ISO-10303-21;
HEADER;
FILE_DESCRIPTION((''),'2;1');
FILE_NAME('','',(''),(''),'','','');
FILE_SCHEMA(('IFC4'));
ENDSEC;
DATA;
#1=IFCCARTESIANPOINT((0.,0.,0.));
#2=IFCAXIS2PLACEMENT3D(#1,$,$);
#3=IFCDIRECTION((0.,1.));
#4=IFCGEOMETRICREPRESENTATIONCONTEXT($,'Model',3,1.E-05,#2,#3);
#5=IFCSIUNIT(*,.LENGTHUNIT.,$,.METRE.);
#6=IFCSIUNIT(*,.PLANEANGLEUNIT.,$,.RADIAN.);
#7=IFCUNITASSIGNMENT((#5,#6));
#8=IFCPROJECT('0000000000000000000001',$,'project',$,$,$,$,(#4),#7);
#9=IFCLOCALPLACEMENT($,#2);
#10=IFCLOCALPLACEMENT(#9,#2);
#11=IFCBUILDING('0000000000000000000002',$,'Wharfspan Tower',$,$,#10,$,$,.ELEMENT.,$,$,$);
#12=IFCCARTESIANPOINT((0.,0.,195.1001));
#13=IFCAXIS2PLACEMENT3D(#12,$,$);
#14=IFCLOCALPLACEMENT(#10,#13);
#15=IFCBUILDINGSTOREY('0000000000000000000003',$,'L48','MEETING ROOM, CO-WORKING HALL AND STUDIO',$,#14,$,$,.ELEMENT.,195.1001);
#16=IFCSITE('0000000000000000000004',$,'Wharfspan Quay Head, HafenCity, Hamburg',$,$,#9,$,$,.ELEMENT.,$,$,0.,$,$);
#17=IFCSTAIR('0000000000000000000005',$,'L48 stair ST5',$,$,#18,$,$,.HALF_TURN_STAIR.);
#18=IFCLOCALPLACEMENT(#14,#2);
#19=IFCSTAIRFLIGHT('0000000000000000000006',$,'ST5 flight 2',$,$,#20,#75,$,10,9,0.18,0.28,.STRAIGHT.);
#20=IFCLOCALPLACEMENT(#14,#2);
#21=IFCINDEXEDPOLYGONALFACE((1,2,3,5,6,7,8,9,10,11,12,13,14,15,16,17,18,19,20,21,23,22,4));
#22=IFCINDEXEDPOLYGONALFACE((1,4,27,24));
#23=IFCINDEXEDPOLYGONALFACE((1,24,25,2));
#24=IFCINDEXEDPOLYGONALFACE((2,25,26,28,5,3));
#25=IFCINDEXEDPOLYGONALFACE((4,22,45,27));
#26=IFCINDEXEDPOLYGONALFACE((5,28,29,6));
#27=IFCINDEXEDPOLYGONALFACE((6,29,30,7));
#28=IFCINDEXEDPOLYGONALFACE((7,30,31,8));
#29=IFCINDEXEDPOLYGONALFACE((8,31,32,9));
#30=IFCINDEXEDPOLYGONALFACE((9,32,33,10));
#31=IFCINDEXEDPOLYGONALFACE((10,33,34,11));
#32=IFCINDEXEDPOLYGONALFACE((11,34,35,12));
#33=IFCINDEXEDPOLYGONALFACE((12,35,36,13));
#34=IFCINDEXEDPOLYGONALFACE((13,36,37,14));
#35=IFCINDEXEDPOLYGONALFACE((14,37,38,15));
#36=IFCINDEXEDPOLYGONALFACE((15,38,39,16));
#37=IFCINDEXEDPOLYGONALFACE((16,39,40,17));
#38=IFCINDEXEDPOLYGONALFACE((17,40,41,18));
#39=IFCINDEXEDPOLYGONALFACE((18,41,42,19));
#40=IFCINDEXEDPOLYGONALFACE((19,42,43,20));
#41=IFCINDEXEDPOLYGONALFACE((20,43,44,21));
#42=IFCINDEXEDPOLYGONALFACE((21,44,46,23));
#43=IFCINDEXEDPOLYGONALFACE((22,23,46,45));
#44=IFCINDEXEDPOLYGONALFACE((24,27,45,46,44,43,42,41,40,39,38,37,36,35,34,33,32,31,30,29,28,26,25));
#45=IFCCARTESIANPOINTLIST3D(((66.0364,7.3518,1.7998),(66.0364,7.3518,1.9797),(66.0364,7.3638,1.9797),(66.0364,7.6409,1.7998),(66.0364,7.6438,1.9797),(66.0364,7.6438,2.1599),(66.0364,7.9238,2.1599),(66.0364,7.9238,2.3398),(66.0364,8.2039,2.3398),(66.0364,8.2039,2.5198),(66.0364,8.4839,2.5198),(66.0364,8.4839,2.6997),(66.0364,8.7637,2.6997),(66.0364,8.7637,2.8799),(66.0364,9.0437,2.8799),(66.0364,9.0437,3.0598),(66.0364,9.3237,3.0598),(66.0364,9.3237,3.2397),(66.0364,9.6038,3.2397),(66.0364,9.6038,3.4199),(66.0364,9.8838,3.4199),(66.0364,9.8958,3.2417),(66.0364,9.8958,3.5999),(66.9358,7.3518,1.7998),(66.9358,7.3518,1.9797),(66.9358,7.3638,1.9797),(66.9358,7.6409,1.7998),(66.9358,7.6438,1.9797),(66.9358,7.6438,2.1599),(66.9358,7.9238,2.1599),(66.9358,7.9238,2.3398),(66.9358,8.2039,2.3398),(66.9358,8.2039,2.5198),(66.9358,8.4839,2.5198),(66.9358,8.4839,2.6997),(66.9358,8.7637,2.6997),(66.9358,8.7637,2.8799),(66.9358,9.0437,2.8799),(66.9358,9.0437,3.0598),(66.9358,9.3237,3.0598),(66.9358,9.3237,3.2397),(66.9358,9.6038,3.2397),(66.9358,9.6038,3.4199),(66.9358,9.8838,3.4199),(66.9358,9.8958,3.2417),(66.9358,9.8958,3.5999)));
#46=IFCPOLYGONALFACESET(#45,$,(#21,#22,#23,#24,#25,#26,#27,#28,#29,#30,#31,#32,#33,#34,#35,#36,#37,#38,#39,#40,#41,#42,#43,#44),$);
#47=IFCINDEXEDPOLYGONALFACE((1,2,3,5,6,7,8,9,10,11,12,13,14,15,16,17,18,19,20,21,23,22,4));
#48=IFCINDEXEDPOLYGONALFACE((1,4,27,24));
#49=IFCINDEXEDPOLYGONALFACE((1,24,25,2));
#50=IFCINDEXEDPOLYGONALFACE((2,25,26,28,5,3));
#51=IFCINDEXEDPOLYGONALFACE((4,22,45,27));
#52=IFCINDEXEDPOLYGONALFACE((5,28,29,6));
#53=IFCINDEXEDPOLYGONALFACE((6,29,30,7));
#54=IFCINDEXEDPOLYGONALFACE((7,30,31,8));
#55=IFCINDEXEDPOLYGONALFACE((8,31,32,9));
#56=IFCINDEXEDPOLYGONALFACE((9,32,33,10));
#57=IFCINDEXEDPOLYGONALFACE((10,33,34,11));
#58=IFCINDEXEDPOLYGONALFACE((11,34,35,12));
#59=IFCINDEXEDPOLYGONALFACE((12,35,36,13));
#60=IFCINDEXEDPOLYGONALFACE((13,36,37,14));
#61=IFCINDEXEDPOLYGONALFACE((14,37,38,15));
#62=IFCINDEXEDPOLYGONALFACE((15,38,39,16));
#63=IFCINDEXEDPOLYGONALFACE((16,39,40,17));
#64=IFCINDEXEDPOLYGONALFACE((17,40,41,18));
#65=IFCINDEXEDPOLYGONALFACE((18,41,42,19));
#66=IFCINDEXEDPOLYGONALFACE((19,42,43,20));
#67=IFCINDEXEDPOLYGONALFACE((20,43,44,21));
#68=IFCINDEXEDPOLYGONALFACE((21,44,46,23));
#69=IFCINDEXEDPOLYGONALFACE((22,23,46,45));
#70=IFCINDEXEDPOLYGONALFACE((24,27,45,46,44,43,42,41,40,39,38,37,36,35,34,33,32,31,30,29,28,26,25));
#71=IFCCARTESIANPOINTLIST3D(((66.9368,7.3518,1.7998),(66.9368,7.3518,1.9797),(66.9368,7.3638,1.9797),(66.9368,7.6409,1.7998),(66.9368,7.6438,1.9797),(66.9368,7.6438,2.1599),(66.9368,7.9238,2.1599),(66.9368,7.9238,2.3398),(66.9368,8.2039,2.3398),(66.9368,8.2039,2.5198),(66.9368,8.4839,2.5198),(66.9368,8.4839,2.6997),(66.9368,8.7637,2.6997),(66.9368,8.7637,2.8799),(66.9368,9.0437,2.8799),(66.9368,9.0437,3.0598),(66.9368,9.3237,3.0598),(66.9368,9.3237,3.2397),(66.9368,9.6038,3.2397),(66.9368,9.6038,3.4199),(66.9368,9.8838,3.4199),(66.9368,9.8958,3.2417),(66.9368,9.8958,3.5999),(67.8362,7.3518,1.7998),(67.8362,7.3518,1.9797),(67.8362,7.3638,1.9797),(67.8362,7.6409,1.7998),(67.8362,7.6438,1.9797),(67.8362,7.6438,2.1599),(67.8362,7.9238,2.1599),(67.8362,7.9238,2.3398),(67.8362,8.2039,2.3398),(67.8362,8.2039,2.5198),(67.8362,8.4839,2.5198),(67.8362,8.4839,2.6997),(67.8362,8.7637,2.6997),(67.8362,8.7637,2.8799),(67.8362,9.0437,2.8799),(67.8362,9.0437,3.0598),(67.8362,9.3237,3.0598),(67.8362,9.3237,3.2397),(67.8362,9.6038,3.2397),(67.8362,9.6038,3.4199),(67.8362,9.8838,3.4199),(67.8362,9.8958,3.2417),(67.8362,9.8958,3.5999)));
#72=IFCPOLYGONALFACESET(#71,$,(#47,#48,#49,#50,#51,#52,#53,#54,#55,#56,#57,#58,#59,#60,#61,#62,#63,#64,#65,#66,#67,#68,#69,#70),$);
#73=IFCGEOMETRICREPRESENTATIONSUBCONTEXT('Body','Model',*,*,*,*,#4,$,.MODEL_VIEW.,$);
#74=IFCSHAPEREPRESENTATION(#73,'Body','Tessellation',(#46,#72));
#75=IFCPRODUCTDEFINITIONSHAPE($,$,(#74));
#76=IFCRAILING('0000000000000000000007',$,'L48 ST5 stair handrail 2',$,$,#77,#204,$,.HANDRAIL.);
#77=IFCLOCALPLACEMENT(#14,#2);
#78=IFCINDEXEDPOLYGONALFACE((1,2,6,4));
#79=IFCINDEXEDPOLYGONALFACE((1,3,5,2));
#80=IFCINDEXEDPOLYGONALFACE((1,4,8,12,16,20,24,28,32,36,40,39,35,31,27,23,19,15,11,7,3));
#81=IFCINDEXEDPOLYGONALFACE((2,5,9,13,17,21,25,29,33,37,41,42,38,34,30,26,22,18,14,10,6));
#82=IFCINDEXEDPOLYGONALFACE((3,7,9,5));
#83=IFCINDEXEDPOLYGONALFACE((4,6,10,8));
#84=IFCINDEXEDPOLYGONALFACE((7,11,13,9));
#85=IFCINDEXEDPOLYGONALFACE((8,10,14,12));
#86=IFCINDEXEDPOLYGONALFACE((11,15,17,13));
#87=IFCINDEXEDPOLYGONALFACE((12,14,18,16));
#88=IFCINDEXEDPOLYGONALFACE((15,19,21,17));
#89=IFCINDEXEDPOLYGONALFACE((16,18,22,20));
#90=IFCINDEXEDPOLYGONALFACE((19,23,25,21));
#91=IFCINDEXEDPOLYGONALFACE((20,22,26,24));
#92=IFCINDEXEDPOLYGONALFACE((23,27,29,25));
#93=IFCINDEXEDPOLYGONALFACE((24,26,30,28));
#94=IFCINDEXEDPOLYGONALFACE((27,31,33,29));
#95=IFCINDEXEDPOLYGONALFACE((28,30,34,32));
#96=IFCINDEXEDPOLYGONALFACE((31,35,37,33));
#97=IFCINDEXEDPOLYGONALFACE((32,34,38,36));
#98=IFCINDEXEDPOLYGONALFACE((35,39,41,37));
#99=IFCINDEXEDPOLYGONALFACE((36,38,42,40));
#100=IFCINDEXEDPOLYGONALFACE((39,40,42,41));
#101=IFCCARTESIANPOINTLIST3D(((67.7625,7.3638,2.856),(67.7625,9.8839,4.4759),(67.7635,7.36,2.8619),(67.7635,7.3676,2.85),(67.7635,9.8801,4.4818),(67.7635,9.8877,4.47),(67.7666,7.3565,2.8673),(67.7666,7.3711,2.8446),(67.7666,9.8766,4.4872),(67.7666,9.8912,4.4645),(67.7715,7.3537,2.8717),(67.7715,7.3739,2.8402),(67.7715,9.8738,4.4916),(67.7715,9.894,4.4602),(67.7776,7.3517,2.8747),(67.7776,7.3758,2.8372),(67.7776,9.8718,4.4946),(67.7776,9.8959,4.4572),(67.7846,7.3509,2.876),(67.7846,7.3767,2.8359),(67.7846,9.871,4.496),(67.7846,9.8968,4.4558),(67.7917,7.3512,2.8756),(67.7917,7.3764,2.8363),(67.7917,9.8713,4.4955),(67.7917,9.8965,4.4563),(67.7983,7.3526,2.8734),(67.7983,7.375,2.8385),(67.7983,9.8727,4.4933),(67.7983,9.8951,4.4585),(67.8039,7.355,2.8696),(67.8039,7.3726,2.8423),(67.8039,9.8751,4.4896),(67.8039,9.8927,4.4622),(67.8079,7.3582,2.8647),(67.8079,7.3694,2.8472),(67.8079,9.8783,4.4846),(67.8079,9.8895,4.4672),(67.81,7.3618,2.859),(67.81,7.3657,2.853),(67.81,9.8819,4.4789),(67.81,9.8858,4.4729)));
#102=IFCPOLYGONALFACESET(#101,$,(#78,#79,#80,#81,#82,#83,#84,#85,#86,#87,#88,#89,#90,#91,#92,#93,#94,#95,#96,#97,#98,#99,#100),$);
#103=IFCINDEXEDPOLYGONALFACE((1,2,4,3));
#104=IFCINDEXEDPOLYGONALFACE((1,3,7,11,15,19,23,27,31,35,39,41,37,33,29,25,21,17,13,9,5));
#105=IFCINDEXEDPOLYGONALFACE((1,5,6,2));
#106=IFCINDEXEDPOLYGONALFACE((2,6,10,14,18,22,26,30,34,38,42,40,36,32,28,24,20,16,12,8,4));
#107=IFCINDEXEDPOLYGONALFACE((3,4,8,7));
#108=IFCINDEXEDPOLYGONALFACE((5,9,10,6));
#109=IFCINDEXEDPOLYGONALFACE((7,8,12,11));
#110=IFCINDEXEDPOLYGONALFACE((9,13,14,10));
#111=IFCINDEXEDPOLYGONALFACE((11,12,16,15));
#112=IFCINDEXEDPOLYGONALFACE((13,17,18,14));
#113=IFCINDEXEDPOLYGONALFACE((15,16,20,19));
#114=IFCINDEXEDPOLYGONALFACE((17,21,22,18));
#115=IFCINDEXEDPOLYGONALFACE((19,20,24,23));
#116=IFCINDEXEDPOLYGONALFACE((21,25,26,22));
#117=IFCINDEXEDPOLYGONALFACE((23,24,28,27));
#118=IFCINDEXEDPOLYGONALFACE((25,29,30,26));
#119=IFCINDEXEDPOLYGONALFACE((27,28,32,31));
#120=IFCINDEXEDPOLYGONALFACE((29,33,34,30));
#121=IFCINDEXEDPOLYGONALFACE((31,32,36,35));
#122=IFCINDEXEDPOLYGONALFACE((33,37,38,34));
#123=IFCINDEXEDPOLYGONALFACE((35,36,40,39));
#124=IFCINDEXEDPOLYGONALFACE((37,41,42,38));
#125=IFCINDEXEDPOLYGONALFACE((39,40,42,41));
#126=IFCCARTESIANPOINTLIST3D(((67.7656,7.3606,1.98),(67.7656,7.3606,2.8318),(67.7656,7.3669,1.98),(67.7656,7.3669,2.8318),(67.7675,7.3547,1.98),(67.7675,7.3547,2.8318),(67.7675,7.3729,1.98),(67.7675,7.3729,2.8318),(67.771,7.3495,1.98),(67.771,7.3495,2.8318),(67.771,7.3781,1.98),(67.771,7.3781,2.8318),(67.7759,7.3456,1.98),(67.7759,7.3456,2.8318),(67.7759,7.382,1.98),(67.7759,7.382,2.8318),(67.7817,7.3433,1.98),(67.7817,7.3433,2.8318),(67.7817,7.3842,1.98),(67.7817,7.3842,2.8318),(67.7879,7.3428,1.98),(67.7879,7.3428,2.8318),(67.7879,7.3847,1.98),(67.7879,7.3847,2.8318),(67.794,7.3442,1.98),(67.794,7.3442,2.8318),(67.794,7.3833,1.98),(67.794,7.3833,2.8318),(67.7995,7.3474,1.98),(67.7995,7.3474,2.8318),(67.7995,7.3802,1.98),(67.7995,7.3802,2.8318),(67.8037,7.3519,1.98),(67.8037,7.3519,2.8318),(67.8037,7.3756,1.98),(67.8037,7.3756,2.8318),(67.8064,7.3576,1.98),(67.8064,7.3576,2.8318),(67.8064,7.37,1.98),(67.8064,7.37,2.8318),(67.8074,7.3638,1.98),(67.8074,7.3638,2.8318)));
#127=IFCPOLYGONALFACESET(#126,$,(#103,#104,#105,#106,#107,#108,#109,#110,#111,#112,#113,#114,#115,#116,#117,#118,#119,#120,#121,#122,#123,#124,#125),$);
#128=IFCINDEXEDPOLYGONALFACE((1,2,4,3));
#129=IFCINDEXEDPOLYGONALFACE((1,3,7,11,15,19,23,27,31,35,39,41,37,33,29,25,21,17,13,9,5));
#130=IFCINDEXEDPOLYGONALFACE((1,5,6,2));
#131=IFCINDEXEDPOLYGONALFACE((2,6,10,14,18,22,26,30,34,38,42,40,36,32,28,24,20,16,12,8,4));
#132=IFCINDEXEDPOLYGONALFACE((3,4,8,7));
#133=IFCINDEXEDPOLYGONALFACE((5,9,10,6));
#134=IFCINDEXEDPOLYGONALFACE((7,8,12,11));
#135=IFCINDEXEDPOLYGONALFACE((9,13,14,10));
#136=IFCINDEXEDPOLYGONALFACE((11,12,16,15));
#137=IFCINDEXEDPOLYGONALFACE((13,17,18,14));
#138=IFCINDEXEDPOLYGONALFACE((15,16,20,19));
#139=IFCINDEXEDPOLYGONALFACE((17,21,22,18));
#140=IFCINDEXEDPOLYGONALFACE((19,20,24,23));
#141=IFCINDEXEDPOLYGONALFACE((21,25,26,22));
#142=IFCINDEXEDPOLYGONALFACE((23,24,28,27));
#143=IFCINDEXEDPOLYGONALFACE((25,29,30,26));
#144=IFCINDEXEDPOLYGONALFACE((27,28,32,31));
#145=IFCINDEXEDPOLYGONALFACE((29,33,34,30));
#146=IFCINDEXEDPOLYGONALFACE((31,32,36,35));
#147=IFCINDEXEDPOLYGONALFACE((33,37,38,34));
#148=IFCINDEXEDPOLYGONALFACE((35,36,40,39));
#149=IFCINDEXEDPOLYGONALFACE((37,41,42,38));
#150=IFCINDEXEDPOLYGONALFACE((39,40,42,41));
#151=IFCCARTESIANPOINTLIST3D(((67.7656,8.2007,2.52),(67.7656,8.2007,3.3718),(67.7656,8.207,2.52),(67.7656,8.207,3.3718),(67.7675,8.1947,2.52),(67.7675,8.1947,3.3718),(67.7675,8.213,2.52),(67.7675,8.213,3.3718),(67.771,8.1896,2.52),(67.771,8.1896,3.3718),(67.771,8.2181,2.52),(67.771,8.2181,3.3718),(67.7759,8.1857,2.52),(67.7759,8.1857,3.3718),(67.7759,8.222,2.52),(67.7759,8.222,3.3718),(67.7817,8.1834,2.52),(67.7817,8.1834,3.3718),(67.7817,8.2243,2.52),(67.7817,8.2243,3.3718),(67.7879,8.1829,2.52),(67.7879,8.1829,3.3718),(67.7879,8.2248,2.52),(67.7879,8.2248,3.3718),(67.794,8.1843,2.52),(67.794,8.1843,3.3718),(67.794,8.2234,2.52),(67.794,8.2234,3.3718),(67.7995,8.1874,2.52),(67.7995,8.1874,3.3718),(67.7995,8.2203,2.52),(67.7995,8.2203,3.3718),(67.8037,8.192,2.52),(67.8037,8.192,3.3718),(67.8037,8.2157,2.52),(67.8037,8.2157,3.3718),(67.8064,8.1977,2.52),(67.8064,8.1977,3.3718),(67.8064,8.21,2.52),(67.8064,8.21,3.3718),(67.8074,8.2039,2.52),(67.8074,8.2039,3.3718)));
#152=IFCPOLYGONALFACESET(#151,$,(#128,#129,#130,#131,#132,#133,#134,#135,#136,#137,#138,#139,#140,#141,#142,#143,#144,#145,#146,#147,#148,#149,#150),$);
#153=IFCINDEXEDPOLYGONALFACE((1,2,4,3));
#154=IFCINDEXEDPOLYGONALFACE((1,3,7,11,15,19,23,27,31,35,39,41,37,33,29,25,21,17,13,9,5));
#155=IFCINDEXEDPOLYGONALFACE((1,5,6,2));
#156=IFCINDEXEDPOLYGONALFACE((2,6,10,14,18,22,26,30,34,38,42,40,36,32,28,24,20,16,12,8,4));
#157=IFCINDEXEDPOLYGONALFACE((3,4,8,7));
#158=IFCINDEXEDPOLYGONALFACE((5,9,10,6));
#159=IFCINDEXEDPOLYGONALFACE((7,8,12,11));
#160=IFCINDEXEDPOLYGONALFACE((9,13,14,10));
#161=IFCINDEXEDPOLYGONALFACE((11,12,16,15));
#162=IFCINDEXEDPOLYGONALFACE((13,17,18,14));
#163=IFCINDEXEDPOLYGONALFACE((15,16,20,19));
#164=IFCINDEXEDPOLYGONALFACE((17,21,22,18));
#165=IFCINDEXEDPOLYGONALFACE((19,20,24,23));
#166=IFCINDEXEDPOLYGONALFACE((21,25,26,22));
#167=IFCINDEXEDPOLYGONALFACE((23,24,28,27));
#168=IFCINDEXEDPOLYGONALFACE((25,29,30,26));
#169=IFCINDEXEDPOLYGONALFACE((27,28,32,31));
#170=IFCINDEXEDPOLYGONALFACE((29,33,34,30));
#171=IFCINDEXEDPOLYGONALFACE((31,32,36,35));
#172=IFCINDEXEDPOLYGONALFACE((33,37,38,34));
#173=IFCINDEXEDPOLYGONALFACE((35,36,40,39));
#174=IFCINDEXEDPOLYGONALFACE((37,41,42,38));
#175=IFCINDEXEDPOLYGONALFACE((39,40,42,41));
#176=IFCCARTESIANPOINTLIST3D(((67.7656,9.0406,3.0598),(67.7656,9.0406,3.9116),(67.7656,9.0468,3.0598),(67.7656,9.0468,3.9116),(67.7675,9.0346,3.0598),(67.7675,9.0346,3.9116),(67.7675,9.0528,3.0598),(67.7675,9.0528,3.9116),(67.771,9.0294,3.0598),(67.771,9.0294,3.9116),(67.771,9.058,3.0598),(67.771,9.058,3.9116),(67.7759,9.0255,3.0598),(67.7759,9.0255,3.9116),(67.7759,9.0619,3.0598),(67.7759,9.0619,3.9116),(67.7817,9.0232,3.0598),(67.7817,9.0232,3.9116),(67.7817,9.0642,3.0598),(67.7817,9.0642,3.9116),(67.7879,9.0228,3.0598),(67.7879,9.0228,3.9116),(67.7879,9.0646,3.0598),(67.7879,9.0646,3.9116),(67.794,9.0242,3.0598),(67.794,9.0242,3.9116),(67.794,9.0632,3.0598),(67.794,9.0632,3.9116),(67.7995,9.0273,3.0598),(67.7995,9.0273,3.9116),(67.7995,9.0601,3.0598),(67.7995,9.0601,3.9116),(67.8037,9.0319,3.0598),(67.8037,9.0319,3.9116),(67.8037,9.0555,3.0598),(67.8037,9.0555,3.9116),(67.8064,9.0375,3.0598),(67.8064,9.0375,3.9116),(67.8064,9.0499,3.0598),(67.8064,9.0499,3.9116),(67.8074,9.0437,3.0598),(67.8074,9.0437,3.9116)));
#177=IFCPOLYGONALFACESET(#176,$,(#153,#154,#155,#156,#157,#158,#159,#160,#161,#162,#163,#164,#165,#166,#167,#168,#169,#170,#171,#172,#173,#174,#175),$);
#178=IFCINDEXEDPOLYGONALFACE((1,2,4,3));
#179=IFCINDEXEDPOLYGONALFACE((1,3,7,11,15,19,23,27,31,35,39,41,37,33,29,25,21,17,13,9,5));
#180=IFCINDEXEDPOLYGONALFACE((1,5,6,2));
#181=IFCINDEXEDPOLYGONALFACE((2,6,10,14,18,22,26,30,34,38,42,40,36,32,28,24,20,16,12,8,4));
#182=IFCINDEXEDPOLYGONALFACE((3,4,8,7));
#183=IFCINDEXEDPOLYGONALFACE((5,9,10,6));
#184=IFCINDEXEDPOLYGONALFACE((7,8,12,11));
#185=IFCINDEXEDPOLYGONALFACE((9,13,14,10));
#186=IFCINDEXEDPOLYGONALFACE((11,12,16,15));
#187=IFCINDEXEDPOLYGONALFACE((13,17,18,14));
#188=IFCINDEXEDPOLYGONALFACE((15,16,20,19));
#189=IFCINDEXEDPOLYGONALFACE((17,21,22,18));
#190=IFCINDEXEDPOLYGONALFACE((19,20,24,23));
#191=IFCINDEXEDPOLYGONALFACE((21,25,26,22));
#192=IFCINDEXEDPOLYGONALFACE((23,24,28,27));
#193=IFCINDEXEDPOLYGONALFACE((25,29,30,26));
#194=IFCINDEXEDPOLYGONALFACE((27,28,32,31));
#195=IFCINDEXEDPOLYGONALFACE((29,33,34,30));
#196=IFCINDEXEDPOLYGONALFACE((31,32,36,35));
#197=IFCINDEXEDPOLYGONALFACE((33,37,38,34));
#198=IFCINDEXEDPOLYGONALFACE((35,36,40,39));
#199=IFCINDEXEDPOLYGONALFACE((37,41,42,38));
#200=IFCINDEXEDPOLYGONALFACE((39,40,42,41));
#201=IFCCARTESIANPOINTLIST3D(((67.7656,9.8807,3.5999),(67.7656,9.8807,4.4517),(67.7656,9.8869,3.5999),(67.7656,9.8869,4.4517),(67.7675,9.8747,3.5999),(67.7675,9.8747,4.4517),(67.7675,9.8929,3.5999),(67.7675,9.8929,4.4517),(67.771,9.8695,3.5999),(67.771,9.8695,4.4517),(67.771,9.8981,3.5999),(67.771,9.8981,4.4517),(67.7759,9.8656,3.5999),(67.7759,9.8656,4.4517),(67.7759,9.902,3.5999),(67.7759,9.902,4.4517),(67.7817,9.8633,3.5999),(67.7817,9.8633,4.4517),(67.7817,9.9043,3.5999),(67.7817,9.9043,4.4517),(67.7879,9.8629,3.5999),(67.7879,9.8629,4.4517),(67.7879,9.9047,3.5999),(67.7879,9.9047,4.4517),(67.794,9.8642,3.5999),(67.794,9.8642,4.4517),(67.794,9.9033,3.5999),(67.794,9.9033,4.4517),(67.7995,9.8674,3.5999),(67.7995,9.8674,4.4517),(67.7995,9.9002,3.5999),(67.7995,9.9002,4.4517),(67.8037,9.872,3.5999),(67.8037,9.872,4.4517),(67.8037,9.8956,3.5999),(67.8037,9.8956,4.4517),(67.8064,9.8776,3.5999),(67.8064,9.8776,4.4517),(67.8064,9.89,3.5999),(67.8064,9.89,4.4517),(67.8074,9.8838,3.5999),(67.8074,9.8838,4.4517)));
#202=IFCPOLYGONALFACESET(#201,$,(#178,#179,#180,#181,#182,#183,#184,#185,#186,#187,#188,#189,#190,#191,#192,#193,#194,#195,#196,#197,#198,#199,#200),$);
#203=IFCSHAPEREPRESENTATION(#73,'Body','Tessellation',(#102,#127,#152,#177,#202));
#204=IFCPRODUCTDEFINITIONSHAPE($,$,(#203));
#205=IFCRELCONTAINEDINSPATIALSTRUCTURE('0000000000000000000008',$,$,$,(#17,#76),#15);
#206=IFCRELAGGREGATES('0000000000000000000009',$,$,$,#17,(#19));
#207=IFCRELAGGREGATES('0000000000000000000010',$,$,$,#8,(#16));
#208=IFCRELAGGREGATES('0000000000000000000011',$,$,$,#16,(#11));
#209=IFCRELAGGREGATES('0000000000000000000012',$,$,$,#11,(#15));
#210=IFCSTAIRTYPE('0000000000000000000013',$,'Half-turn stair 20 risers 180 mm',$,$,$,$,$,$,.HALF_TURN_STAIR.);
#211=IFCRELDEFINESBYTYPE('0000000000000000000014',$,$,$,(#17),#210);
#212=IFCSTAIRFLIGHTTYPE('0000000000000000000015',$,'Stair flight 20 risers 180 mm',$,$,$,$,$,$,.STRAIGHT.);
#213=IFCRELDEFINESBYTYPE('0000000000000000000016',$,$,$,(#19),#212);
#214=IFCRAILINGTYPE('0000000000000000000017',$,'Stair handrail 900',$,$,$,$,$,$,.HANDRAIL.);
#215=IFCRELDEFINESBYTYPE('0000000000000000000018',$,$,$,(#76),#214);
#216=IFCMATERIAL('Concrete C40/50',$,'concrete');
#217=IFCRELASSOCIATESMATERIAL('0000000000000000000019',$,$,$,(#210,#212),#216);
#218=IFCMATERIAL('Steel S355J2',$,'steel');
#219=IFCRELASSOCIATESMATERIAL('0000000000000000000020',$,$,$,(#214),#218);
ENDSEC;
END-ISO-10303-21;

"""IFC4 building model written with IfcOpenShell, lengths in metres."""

from ifc_helpers import new_model, si_unit, direction, frame, origin, origin_2d, place, context, subcontext, project, spatial, polyline, circle, outline, extrude, material, type_object, element, aggregate, save


model = new_model("IFC4")

# Units and contexts
model_context = context("Model", 3, precision=1e-05, world=origin(), true_north=direction((0.0, 1.0)))
body_context = subcontext(model_context, "Body", "Model", "MODEL_VIEW")
ifc_project = project(units=[si_unit("LENGTHUNIT", "METRE"), si_unit("PLANEANGLEUNIT", "RADIAN")], contexts=[model_context])

# Site, building, storey
site_placement = place(None, origin())
site = spatial("IfcSite", under=ifc_project, at=site_placement, Name="Wharfspan Quay Head, HafenCity, Hamburg", CompositionType="ELEMENT", RefElevation=0.0)
building_placement = place(site_placement, origin())
building = spatial("IfcBuilding", under=site, at=building_placement, Name="Wharfspan Tower", CompositionType="ELEMENT")
storey_placement = place(building_placement, frame((0.0, 0.0, 195.1001)))
storey = spatial("IfcBuildingStorey", under=building, at=storey_placement, Name="L48", Description="MEETING ROOM, CO-WORKING HALL AND STUDIO", CompositionType="ELEMENT", Elevation=195.1001)

# Shared definitions
ifc_material_1 = material(Name="Steel S355J2", Category="steel")

# Shared definitions
ifc_material_2 = material(Name="Concrete C40/50", Category="concrete")

# Stair, stair flight
stair_type = type_object("IfcStairType", Name="Half-turn stair 20 risers 180 mm", PredefinedType="HALF_TURN_STAIR", material=ifc_material_2)
stair_placement = place(storey_placement, origin())
stair = element("IfcStair", 1, at=stair_placement, inside=storey, type_object=stair_type, Name="L48 stair ST5", PredefinedType="HALF_TURN_STAIR")
stair_flight_type = type_object("IfcStairFlightType", Name="Stair flight 20 risers 180 mm", PredefinedType="STRAIGHT", material=ifc_material_2)
stair_flight_placement = place(storey_placement, frame((66.9363, 7.3638, 1.7998), z_axis=(0.0, 0.0, 1.0), x_axis=(0.0, 1.0, 0.0)))
stair_flight = element("IfcStairFlight", 2, at=stair_flight_placement, type_object=stair_flight_type, Name="ST5 flight 2", NumberOfRisers=10, NumberOfTreads=9, PredefinedType="STRAIGHT", RiserHeight=0.18, TreadLength=0.28, context=body_context, shape_type="SweptSolid", body=[
    extrude(outline(polyline([(-0.012, 0.0), (-0.012, 0.1799), (0.0, 0.1799), (0.28, 0.1799), (0.28, 0.3601), (0.5601, 0.3601), (0.5601, 0.54), (0.8401, 0.54), (0.8401, 0.72), (1.1201, 0.72), (1.1201, 0.8999), (1.3999, 0.8999), (1.3999, 1.0801), (1.6799, 1.0801), (1.6799, 1.26), (1.96, 1.26), (1.96, 1.4399), (2.24, 1.4399), (2.24, 1.6201), (2.52, 1.6201), (2.532, 1.8), (2.532, 1.4419), (0.2771, 0.0), (-0.012, 0.0)])), frame((0.0, 0.8999, 0.0), z_axis=(0.0, -1.0, 0.0), x_axis=(1.0, 0.0, 0.0)), (0.0, 0.0, 1.0), 0.8994),
    extrude(outline(polyline([(-0.012, 0.0), (-0.012, 0.1799), (0.0, 0.1799), (0.28, 0.1799), (0.28, 0.3601), (0.5601, 0.3601), (0.5601, 0.54), (0.8401, 0.54), (0.8401, 0.72), (1.1201, 0.72), (1.1201, 0.8999), (1.3999, 0.8999), (1.3999, 1.0801), (1.6799, 1.0801), (1.6799, 1.26), (1.96, 1.26), (1.96, 1.4399), (2.24, 1.4399), (2.24, 1.6201), (2.52, 1.6201), (2.532, 1.8), (2.532, 1.4419), (0.2771, 0.0), (-0.012, 0.0)])), frame((0.0, -0.0005, 0.0), z_axis=(0.0, -1.0, 0.0), x_axis=(1.0, 0.0, 0.0)), (0.0, 0.0, 1.0), 0.8994),
])
aggregate(stair, [stair_flight])

# Railing
railing_type = type_object("IfcRailingType", Name="Stair handrail 900", PredefinedType="HANDRAIL", material=ifc_material_1)
railing_placement = place(storey_placement, frame((67.7864, 7.3638, 1.98)))
element("IfcRailing", 3, at=railing_placement, inside=storey, type_object=railing_type, Name="L48 ST5 stair handrail 2", PredefinedType="HANDRAIL", context=body_context, shape_type="SweptSolid", body=[
    extrude(circle(Radius=0.0239, at=origin_2d()), frame((0.0, 0.0, 0.876), z_axis=(0.0, 0.8412, 0.540725), x_axis=(-1.0, 0.0, 0.0)), (0.0, 0.0, 1.0), 2.9958),
    extrude(circle(Radius=0.021, at=origin_2d()), origin(), (0.0, 0.0, 1.0), 0.8518),
    extrude(circle(Radius=0.021, at=origin_2d()), frame((0.0, 0.8401, 0.54)), (0.0, 0.0, 1.0), 0.8518),
    extrude(circle(Radius=0.021, at=origin_2d()), frame((0.0, 1.6799, 1.0798)), (0.0, 0.0, 1.0), 0.8518),
    extrude(circle(Radius=0.021, at=origin_2d()), frame((0.0, 2.52, 1.6199)), (0.0, 0.0, 1.0), 0.8518),
])

save(model, "model.ifc")
